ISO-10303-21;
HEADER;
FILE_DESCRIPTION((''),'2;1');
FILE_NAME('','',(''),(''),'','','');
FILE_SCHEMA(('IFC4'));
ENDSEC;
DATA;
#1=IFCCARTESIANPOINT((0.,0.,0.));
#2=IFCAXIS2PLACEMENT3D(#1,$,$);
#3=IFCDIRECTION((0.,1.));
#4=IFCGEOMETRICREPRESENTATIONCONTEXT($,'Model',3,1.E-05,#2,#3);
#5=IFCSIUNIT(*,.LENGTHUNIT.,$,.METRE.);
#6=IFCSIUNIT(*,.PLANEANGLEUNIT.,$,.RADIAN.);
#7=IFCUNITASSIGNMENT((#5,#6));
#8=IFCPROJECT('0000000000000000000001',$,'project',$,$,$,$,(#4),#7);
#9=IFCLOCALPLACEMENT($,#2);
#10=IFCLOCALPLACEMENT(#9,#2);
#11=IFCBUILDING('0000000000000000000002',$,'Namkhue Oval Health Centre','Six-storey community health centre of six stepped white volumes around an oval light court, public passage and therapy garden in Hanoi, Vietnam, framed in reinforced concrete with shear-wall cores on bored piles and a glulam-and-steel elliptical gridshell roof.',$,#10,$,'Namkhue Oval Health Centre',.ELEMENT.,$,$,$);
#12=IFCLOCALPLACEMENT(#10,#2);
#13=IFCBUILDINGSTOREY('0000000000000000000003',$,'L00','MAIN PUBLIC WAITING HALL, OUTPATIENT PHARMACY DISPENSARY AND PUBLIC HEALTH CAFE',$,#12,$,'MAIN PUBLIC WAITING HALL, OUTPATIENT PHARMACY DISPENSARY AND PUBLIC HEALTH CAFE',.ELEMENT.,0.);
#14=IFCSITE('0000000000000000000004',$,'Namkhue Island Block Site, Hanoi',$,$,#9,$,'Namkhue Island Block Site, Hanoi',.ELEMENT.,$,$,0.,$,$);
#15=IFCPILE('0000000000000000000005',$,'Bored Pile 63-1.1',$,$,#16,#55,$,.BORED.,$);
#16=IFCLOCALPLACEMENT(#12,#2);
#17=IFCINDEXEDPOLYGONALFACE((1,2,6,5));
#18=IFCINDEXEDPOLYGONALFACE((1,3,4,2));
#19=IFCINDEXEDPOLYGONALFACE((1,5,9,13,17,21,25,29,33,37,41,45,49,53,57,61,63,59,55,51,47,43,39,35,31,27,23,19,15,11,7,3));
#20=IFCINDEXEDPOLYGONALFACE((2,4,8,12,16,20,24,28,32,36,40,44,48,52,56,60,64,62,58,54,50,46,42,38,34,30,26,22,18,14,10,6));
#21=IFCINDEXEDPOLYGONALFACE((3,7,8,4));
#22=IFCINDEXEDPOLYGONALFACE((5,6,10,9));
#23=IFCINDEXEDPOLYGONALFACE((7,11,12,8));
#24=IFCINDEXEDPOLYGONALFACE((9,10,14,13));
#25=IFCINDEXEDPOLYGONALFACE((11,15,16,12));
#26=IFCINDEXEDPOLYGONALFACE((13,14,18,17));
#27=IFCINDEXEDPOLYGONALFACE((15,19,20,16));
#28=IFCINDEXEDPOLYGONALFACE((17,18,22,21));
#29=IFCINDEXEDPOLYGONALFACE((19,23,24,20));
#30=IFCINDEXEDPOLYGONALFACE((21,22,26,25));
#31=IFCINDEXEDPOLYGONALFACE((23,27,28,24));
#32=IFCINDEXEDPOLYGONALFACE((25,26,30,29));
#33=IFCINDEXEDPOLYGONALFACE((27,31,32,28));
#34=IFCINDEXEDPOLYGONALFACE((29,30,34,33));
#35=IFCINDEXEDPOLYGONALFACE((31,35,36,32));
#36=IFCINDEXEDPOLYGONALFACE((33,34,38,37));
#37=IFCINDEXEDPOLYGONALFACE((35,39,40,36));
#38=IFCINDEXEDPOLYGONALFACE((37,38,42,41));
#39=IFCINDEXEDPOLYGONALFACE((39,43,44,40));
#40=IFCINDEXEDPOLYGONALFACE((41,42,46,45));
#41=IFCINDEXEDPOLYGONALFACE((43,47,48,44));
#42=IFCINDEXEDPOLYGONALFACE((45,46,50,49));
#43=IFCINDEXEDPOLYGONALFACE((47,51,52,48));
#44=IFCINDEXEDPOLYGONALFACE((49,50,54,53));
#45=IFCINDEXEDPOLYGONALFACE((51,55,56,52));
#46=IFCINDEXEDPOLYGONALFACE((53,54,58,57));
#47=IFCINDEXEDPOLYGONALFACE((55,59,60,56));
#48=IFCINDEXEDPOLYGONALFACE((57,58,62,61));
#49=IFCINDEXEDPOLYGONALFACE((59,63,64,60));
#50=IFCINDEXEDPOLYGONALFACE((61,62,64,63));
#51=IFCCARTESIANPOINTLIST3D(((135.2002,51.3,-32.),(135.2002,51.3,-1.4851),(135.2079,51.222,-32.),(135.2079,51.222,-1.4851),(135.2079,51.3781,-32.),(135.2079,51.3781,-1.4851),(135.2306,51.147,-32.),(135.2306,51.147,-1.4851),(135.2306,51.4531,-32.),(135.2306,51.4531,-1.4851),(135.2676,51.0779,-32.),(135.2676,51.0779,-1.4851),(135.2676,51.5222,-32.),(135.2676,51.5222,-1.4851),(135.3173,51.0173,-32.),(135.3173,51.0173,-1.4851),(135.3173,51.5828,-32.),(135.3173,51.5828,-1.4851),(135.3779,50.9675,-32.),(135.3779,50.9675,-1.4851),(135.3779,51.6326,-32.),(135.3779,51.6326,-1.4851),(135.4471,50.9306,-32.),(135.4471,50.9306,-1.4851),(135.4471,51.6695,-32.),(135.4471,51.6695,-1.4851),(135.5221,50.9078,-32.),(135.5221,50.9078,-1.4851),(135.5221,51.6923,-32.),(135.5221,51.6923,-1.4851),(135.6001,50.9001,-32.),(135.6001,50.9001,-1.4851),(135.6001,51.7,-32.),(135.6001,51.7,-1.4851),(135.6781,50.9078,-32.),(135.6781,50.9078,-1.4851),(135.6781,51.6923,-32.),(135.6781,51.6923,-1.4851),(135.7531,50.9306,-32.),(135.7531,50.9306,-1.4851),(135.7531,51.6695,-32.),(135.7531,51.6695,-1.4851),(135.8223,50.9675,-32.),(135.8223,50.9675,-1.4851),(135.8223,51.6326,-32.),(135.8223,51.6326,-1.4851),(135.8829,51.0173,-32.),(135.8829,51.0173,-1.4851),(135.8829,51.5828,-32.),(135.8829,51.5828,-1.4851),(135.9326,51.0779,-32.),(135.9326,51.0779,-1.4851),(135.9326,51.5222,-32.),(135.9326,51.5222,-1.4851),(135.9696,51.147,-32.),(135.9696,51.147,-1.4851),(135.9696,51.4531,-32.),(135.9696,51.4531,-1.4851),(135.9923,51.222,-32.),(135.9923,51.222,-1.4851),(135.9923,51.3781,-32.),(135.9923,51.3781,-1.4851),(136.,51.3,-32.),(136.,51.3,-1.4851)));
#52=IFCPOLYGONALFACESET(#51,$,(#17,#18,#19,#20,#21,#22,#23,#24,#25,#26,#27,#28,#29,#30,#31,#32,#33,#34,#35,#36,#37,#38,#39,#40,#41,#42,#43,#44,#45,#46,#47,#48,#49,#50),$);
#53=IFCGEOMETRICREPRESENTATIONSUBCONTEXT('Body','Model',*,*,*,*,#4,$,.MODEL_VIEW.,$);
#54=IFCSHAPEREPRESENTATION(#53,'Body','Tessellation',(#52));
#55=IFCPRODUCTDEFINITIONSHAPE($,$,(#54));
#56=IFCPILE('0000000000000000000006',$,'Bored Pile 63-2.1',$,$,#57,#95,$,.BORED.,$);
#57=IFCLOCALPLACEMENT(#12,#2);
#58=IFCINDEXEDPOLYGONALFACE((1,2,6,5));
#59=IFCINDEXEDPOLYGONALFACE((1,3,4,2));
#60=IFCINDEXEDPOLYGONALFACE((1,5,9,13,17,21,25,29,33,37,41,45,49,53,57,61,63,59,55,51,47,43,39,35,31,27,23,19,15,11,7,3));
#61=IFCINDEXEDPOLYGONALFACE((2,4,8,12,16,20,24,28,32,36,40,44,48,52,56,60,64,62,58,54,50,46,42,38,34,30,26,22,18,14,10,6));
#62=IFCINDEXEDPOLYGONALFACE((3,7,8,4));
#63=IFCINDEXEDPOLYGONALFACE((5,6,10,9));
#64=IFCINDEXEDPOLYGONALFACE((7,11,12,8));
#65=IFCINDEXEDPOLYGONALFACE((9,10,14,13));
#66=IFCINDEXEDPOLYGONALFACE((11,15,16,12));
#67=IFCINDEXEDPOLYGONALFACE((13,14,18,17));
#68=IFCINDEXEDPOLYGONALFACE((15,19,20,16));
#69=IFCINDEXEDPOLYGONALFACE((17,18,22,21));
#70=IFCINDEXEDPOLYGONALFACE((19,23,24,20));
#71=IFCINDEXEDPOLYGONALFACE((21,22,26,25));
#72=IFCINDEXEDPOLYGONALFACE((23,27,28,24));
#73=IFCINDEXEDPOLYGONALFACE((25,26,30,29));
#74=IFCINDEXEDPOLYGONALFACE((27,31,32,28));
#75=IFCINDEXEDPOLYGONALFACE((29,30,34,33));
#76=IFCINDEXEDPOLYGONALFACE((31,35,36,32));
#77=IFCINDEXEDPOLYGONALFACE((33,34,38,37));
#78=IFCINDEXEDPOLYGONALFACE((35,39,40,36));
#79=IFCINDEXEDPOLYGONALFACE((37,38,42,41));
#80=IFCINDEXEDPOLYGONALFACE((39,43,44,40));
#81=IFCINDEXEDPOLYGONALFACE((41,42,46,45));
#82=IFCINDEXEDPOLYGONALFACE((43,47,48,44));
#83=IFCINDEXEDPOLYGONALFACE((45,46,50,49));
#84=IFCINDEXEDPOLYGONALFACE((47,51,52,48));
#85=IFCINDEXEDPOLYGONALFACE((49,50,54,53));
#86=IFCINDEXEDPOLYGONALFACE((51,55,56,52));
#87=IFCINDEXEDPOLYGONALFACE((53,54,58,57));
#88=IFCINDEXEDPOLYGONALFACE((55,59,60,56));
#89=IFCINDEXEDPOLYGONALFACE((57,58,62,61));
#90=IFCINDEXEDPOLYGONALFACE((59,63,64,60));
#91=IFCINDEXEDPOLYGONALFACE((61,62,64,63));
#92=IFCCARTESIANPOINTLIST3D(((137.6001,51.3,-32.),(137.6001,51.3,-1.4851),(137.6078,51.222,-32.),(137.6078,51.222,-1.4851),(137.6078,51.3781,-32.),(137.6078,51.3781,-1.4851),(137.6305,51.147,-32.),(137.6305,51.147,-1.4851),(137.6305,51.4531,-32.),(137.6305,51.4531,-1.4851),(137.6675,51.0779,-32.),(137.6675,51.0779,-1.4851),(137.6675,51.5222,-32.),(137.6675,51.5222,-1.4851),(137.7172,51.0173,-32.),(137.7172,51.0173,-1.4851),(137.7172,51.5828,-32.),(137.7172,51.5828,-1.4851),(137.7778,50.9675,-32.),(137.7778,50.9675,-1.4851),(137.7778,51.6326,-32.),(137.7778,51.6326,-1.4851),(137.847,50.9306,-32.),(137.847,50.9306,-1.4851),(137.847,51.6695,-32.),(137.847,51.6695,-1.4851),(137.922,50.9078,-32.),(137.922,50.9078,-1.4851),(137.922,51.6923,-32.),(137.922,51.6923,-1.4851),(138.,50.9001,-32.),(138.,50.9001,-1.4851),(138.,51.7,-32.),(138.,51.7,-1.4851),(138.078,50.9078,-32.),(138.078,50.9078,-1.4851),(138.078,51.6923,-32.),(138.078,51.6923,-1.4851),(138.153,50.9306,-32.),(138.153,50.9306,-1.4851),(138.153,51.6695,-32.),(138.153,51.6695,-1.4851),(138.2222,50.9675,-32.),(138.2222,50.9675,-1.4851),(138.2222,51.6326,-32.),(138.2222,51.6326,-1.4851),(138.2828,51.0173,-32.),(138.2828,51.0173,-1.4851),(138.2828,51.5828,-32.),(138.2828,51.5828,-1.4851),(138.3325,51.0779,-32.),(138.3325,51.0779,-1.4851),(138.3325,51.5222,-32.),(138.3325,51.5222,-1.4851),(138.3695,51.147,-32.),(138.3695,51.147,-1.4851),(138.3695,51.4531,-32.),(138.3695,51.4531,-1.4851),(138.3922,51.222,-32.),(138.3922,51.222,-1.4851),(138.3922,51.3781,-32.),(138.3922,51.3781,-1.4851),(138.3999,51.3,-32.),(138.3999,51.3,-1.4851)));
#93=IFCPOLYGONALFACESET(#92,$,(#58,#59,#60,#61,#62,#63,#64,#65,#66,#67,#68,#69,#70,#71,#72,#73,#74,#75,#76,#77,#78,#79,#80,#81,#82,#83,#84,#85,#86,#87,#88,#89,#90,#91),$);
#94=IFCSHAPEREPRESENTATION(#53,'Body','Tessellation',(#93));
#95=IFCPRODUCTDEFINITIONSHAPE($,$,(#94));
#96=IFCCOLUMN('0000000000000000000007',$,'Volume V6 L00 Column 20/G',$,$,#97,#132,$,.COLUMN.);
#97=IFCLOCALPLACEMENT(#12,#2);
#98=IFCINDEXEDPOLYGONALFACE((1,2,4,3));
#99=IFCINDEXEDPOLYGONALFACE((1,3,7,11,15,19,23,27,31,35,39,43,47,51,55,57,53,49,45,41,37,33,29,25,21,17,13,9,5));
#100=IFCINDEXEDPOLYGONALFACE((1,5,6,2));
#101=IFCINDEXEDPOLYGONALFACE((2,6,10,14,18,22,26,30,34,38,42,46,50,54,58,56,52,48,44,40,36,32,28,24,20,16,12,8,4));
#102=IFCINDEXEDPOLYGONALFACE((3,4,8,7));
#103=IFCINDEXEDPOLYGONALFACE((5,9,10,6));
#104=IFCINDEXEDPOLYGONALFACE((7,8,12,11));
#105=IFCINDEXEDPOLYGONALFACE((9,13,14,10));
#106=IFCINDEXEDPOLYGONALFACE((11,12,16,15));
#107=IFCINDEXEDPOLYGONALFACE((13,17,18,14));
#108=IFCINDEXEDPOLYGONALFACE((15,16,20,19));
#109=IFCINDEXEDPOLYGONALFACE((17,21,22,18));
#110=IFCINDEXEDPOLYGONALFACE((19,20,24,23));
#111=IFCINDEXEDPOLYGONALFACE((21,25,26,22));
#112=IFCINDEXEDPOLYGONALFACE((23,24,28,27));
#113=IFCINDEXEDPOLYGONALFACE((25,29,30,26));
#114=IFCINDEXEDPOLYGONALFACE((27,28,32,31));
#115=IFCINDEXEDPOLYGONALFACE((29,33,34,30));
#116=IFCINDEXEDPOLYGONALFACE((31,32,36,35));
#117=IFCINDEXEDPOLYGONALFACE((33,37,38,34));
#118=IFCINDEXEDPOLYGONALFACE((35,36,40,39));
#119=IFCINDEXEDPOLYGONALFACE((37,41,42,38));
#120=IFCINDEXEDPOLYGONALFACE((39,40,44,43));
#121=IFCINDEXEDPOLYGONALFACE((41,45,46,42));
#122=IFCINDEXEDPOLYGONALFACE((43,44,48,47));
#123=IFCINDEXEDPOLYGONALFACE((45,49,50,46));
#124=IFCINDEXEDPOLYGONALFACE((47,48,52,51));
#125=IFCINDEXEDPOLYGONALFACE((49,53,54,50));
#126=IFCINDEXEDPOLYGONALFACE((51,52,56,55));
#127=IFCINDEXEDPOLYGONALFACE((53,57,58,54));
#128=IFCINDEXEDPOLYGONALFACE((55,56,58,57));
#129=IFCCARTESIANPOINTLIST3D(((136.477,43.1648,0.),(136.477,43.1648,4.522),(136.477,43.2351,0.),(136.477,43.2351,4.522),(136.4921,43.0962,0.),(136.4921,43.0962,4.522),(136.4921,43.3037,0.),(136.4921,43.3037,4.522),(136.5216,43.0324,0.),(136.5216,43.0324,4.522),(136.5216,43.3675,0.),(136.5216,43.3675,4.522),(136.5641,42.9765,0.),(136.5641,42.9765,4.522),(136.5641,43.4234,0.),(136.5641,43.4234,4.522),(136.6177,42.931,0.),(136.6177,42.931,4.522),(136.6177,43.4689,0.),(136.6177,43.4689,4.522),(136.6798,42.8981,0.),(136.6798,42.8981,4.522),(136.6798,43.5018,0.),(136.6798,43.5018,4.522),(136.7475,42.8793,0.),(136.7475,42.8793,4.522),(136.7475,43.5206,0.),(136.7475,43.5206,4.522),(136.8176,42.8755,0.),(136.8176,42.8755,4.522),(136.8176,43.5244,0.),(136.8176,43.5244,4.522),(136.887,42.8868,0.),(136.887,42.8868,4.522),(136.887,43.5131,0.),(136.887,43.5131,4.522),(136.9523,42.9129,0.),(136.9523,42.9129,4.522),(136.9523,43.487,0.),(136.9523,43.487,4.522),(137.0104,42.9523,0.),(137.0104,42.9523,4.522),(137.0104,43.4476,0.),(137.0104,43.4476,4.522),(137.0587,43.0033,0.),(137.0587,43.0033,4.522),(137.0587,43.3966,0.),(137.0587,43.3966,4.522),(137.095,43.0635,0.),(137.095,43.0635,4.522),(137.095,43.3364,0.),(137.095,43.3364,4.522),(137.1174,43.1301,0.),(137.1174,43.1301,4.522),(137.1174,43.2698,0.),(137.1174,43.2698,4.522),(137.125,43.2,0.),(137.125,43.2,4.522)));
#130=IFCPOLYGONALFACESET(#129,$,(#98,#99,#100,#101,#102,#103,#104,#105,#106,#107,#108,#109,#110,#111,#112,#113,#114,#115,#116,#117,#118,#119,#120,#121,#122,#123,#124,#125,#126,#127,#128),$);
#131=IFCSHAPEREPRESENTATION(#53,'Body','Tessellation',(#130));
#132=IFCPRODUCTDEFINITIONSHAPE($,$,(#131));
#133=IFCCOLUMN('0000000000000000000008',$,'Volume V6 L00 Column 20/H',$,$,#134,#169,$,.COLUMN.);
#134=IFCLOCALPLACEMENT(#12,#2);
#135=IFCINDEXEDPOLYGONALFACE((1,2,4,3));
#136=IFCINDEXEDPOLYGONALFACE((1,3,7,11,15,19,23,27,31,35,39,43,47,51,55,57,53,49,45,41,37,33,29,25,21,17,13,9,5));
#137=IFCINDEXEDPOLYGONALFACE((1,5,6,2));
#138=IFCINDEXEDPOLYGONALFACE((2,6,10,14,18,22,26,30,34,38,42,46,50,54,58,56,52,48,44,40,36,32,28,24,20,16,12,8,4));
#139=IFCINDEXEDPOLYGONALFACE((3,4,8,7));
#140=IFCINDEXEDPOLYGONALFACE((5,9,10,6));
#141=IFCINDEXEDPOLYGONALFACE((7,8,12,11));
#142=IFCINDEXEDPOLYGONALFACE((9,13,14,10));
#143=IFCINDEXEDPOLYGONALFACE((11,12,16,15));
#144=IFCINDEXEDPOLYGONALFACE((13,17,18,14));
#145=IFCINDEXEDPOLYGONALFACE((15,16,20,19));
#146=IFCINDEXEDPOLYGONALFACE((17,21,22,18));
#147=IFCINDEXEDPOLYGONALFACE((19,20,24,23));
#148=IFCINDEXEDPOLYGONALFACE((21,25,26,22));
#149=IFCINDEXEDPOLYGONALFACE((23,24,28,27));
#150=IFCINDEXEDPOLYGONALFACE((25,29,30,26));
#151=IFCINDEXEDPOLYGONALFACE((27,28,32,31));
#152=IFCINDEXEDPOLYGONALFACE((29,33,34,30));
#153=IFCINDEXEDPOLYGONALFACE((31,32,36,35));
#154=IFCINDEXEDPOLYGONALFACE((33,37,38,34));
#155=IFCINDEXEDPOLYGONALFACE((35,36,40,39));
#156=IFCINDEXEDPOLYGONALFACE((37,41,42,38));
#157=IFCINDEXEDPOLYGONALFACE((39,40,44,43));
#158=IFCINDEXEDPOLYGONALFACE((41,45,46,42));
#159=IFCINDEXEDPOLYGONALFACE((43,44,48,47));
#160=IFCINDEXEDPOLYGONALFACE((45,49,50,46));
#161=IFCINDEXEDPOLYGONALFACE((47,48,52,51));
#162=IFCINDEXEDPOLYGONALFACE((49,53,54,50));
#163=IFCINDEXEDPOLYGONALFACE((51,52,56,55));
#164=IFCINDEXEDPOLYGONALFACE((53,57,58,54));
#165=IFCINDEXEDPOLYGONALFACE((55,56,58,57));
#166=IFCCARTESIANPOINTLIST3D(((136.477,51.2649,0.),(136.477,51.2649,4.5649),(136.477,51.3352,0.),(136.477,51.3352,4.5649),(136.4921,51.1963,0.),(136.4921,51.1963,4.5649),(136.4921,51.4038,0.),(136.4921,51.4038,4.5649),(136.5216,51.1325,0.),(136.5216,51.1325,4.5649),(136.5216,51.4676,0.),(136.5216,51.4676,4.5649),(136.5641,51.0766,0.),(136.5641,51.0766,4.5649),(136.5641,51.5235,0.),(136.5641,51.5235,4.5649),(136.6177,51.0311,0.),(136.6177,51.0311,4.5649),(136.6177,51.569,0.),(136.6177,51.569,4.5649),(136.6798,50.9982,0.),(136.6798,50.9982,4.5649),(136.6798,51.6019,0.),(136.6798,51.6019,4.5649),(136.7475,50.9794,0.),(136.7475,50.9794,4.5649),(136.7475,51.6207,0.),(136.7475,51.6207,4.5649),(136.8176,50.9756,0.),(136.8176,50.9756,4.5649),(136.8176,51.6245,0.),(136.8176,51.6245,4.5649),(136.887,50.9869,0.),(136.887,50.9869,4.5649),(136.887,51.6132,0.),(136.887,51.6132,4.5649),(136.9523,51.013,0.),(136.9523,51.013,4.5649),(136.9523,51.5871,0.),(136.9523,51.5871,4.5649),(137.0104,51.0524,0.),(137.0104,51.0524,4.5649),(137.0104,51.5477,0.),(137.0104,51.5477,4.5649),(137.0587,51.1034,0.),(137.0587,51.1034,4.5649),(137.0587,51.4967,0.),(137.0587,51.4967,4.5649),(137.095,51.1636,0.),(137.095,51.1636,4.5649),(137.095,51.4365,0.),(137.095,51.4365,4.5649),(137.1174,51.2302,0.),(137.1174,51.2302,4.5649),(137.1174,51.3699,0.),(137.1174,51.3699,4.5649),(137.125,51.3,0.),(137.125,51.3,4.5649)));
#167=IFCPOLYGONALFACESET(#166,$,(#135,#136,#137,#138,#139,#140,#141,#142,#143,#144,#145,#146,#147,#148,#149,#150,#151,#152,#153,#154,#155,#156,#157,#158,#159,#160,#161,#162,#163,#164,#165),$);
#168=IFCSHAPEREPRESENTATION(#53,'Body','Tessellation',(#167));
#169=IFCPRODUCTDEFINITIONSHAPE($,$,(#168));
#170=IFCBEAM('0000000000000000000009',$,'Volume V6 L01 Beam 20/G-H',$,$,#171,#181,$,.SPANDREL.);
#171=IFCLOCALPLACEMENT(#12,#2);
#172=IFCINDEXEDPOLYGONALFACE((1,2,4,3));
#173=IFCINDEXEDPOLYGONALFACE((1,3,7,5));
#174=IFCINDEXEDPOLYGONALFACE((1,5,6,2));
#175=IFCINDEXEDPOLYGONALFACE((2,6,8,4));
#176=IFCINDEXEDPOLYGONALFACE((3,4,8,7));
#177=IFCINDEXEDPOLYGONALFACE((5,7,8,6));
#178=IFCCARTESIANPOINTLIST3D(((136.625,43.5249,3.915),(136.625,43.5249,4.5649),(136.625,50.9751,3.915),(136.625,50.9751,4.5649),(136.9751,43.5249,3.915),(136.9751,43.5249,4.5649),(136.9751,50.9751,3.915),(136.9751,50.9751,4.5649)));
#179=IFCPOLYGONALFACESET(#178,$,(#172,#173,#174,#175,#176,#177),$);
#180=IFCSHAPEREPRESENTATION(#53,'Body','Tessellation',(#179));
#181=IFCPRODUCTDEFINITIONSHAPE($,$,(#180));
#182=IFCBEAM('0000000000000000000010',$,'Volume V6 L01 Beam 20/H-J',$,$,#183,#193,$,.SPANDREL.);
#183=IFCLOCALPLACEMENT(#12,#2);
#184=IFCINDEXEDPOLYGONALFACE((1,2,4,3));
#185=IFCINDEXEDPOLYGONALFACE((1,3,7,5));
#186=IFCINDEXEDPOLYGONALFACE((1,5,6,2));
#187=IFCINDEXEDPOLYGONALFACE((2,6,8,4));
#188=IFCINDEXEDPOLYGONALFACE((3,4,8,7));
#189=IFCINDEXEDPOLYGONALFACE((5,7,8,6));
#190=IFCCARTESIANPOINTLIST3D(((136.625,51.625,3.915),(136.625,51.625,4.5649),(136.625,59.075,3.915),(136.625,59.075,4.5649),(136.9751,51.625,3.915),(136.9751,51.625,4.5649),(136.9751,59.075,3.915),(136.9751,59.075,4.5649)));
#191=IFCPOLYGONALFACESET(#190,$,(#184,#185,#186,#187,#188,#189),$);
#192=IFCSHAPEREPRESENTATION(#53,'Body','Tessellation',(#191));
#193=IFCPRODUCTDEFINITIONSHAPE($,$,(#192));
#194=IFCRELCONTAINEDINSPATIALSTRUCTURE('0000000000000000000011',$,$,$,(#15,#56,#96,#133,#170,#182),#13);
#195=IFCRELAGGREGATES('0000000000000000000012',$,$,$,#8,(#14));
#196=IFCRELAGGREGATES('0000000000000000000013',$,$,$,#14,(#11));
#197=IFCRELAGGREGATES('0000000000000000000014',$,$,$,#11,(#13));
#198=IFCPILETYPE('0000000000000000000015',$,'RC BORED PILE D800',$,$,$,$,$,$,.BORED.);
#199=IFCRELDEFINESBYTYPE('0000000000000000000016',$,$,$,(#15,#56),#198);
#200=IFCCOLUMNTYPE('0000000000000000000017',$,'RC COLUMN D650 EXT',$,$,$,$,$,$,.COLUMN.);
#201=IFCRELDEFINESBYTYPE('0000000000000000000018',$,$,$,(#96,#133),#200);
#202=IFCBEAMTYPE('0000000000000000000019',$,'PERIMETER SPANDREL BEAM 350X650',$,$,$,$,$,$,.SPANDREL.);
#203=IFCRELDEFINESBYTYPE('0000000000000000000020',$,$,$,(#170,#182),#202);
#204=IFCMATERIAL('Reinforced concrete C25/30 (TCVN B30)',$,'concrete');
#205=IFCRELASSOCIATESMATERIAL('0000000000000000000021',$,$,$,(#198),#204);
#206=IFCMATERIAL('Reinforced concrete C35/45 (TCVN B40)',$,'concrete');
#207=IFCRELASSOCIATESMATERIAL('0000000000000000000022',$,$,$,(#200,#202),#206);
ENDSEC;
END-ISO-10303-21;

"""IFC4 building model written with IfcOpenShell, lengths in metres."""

from ifc_helpers import new_model, si_unit, direction, frame, origin, origin_2d, place, context, subcontext, project, spatial, rectangle, circle, extrude, material, material_profile, profile_set, type_object, element, save


model = new_model("IFC4")

# Units and contexts
model_context = context("Model", 3, precision=1e-05, world=origin(), true_north=direction((0.0, 1.0)))
body_context = subcontext(model_context, "Body", "Model", "MODEL_VIEW")
ifc_project = project(units=[si_unit("LENGTHUNIT", "METRE"), si_unit("PLANEANGLEUNIT", "RADIAN")], contexts=[model_context])

# Site, building, storey
site_placement = place(None, origin())
site = spatial("IfcSite", under=ifc_project, at=site_placement, Name="Namkhue Island Block Site, Hanoi", LongName="Namkhue Island Block Site, Hanoi", CompositionType="ELEMENT", RefElevation=0.0)
building_placement = place(site_placement, origin())
building = spatial("IfcBuilding", under=site, at=building_placement, Name="Namkhue Oval Health Centre", Description="Six-storey community health centre of six stepped white volumes around an oval light court, public passage and therapy garden in Hanoi, Vietnam, framed in reinforced concrete with shear-wall cores on bored piles and a glulam-and-steel elliptical gridshell roof.", LongName="Namkhue Oval Health Centre", CompositionType="ELEMENT")
storey_placement = place(building_placement, origin())
storey = spatial("IfcBuildingStorey", under=building, at=storey_placement, Name="L00", Description="MAIN PUBLIC WAITING HALL, OUTPATIENT PHARMACY DISPENSARY AND PUBLIC HEALTH CAFE", LongName="MAIN PUBLIC WAITING HALL, OUTPATIENT PHARMACY DISPENSARY AND PUBLIC HEALTH CAFE", CompositionType="ELEMENT", Elevation=0.0)

# Piles
ifc_material_1 = material(Name="Reinforced concrete C25/30 (TCVN B30)", Category="concrete")
ifc_material_profile_1 = material_profile(ifc_material_1, circle(Radius=0.3999, at=origin_2d()), Name="BORED PILE D800")
ifc_profile_set_1 = profile_set([ifc_material_profile_1], Name="Reinforced concrete C25/30 (TCVN B30)")
pile_type_1 = type_object("IfcPileType", Name="RC BORED PILE D800", PredefinedType="BORED", material=ifc_profile_set_1)
for number, where, z_axis, x_axis, name in (
    (1, (135.6001, 51.3, -1.4851), (0.0, 0.0, -1.0), (1.0, 0.0, 0.0), "Bored Pile 63-1.1"),
    (2, (138.0, 51.3, -1.4851), (0.0, 0.0, -1.0), (1.0, 0.0, 0.0), "Bored Pile 63-2.1"),
):
    element("IfcPile", number, at=place(storey_placement, frame(where, z_axis=z_axis, x_axis=x_axis)), inside=storey, type_object=pile_type_1, Name=name, PredefinedType="BORED", context=body_context, shape_type="SweptSolid", body=[
        extrude(circle(Radius=0.3999, at=origin_2d()), origin(), (0.0, 0.0, 1.0), 30.5149),
    ])

# Columns
ifc_material_2 = material(Name="Reinforced concrete C35/45 (TCVN B40)", Category="concrete")
ifc_material_profile_2 = material_profile(ifc_material_2, circle(Radius=0.325, at=origin_2d()), Name="RC D650")
ifc_profile_set_2 = profile_set([ifc_material_profile_2], Name="Reinforced concrete C35/45 (TCVN B40)")
column_type = type_object("IfcColumnType", Name="RC COLUMN D650 EXT", PredefinedType="COLUMN", material=ifc_profile_set_2)
column_1_placement = place(storey_placement, frame((136.8, 43.2, 0.0), z_axis=(0.0, 0.0, 1.0), x_axis=(1.0, 0.0, 0.0)))
element("IfcColumn", 3, at=column_1_placement, inside=storey, type_object=column_type, Name="Volume V6 L00 Column 20/G", PredefinedType="COLUMN", context=body_context, shape_type="SweptSolid", body=[
    extrude(circle(Radius=0.325, at=origin_2d()), origin(), (0.0, 0.0, 1.0), 4.522),
])
column_2_placement = place(storey_placement, frame((136.8, 51.3, 0.0), z_axis=(0.0, 0.0, 1.0), x_axis=(1.0, 0.0, 0.0)))
element("IfcColumn", 4, at=column_2_placement, inside=storey, type_object=column_type, Name="Volume V6 L00 Column 20/H", PredefinedType="COLUMN", context=body_context, shape_type="SweptSolid", body=[
    extrude(circle(Radius=0.325, at=origin_2d()), origin(), (0.0, 0.0, 1.0), 4.5649),
])

# Beams
ifc_material_profile_3 = material_profile(ifc_material_2, rectangle(XDim=0.3501, YDim=0.6499, at=origin_2d()), Name="RC 350x650")
ifc_profile_set_3 = profile_set([ifc_material_profile_3], Name="Reinforced concrete C35/45 (TCVN B40)")
beam_type_1 = type_object("IfcBeamType", Name="PERIMETER SPANDREL BEAM 350X650", PredefinedType="SPANDREL", material=ifc_profile_set_3)
beam_1_placement = place(storey_placement, frame((136.8, 43.5249, 4.24), z_axis=(0.0, 1.0, 0.0), x_axis=(-1.0, 0.0, 0.0)))
element("IfcBeam", 5, at=beam_1_placement, inside=storey, type_object=beam_type_1, Name="Volume V6 L01 Beam 20/G-H", PredefinedType="SPANDREL", context=body_context, shape_type="SweptSolid", body=[
    extrude(rectangle(XDim=0.3501, YDim=0.6499, at=origin_2d()), origin(), (0.0, 0.0, 1.0), 7.4502),
])
beam_2_placement = place(storey_placement, frame((136.8, 51.625, 4.24), z_axis=(0.0, 1.0, 0.0), x_axis=(-1.0, 0.0, 0.0)))
element("IfcBeam", 6, at=beam_2_placement, inside=storey, type_object=beam_type_1, Name="Volume V6 L01 Beam 20/H-J", PredefinedType="SPANDREL", context=body_context, shape_type="SweptSolid", body=[
    extrude(rectangle(XDim=0.3501, YDim=0.6499, at=origin_2d()), origin(), (0.0, 0.0, 1.0), 7.45),
])

save(model, "model.ifc")
